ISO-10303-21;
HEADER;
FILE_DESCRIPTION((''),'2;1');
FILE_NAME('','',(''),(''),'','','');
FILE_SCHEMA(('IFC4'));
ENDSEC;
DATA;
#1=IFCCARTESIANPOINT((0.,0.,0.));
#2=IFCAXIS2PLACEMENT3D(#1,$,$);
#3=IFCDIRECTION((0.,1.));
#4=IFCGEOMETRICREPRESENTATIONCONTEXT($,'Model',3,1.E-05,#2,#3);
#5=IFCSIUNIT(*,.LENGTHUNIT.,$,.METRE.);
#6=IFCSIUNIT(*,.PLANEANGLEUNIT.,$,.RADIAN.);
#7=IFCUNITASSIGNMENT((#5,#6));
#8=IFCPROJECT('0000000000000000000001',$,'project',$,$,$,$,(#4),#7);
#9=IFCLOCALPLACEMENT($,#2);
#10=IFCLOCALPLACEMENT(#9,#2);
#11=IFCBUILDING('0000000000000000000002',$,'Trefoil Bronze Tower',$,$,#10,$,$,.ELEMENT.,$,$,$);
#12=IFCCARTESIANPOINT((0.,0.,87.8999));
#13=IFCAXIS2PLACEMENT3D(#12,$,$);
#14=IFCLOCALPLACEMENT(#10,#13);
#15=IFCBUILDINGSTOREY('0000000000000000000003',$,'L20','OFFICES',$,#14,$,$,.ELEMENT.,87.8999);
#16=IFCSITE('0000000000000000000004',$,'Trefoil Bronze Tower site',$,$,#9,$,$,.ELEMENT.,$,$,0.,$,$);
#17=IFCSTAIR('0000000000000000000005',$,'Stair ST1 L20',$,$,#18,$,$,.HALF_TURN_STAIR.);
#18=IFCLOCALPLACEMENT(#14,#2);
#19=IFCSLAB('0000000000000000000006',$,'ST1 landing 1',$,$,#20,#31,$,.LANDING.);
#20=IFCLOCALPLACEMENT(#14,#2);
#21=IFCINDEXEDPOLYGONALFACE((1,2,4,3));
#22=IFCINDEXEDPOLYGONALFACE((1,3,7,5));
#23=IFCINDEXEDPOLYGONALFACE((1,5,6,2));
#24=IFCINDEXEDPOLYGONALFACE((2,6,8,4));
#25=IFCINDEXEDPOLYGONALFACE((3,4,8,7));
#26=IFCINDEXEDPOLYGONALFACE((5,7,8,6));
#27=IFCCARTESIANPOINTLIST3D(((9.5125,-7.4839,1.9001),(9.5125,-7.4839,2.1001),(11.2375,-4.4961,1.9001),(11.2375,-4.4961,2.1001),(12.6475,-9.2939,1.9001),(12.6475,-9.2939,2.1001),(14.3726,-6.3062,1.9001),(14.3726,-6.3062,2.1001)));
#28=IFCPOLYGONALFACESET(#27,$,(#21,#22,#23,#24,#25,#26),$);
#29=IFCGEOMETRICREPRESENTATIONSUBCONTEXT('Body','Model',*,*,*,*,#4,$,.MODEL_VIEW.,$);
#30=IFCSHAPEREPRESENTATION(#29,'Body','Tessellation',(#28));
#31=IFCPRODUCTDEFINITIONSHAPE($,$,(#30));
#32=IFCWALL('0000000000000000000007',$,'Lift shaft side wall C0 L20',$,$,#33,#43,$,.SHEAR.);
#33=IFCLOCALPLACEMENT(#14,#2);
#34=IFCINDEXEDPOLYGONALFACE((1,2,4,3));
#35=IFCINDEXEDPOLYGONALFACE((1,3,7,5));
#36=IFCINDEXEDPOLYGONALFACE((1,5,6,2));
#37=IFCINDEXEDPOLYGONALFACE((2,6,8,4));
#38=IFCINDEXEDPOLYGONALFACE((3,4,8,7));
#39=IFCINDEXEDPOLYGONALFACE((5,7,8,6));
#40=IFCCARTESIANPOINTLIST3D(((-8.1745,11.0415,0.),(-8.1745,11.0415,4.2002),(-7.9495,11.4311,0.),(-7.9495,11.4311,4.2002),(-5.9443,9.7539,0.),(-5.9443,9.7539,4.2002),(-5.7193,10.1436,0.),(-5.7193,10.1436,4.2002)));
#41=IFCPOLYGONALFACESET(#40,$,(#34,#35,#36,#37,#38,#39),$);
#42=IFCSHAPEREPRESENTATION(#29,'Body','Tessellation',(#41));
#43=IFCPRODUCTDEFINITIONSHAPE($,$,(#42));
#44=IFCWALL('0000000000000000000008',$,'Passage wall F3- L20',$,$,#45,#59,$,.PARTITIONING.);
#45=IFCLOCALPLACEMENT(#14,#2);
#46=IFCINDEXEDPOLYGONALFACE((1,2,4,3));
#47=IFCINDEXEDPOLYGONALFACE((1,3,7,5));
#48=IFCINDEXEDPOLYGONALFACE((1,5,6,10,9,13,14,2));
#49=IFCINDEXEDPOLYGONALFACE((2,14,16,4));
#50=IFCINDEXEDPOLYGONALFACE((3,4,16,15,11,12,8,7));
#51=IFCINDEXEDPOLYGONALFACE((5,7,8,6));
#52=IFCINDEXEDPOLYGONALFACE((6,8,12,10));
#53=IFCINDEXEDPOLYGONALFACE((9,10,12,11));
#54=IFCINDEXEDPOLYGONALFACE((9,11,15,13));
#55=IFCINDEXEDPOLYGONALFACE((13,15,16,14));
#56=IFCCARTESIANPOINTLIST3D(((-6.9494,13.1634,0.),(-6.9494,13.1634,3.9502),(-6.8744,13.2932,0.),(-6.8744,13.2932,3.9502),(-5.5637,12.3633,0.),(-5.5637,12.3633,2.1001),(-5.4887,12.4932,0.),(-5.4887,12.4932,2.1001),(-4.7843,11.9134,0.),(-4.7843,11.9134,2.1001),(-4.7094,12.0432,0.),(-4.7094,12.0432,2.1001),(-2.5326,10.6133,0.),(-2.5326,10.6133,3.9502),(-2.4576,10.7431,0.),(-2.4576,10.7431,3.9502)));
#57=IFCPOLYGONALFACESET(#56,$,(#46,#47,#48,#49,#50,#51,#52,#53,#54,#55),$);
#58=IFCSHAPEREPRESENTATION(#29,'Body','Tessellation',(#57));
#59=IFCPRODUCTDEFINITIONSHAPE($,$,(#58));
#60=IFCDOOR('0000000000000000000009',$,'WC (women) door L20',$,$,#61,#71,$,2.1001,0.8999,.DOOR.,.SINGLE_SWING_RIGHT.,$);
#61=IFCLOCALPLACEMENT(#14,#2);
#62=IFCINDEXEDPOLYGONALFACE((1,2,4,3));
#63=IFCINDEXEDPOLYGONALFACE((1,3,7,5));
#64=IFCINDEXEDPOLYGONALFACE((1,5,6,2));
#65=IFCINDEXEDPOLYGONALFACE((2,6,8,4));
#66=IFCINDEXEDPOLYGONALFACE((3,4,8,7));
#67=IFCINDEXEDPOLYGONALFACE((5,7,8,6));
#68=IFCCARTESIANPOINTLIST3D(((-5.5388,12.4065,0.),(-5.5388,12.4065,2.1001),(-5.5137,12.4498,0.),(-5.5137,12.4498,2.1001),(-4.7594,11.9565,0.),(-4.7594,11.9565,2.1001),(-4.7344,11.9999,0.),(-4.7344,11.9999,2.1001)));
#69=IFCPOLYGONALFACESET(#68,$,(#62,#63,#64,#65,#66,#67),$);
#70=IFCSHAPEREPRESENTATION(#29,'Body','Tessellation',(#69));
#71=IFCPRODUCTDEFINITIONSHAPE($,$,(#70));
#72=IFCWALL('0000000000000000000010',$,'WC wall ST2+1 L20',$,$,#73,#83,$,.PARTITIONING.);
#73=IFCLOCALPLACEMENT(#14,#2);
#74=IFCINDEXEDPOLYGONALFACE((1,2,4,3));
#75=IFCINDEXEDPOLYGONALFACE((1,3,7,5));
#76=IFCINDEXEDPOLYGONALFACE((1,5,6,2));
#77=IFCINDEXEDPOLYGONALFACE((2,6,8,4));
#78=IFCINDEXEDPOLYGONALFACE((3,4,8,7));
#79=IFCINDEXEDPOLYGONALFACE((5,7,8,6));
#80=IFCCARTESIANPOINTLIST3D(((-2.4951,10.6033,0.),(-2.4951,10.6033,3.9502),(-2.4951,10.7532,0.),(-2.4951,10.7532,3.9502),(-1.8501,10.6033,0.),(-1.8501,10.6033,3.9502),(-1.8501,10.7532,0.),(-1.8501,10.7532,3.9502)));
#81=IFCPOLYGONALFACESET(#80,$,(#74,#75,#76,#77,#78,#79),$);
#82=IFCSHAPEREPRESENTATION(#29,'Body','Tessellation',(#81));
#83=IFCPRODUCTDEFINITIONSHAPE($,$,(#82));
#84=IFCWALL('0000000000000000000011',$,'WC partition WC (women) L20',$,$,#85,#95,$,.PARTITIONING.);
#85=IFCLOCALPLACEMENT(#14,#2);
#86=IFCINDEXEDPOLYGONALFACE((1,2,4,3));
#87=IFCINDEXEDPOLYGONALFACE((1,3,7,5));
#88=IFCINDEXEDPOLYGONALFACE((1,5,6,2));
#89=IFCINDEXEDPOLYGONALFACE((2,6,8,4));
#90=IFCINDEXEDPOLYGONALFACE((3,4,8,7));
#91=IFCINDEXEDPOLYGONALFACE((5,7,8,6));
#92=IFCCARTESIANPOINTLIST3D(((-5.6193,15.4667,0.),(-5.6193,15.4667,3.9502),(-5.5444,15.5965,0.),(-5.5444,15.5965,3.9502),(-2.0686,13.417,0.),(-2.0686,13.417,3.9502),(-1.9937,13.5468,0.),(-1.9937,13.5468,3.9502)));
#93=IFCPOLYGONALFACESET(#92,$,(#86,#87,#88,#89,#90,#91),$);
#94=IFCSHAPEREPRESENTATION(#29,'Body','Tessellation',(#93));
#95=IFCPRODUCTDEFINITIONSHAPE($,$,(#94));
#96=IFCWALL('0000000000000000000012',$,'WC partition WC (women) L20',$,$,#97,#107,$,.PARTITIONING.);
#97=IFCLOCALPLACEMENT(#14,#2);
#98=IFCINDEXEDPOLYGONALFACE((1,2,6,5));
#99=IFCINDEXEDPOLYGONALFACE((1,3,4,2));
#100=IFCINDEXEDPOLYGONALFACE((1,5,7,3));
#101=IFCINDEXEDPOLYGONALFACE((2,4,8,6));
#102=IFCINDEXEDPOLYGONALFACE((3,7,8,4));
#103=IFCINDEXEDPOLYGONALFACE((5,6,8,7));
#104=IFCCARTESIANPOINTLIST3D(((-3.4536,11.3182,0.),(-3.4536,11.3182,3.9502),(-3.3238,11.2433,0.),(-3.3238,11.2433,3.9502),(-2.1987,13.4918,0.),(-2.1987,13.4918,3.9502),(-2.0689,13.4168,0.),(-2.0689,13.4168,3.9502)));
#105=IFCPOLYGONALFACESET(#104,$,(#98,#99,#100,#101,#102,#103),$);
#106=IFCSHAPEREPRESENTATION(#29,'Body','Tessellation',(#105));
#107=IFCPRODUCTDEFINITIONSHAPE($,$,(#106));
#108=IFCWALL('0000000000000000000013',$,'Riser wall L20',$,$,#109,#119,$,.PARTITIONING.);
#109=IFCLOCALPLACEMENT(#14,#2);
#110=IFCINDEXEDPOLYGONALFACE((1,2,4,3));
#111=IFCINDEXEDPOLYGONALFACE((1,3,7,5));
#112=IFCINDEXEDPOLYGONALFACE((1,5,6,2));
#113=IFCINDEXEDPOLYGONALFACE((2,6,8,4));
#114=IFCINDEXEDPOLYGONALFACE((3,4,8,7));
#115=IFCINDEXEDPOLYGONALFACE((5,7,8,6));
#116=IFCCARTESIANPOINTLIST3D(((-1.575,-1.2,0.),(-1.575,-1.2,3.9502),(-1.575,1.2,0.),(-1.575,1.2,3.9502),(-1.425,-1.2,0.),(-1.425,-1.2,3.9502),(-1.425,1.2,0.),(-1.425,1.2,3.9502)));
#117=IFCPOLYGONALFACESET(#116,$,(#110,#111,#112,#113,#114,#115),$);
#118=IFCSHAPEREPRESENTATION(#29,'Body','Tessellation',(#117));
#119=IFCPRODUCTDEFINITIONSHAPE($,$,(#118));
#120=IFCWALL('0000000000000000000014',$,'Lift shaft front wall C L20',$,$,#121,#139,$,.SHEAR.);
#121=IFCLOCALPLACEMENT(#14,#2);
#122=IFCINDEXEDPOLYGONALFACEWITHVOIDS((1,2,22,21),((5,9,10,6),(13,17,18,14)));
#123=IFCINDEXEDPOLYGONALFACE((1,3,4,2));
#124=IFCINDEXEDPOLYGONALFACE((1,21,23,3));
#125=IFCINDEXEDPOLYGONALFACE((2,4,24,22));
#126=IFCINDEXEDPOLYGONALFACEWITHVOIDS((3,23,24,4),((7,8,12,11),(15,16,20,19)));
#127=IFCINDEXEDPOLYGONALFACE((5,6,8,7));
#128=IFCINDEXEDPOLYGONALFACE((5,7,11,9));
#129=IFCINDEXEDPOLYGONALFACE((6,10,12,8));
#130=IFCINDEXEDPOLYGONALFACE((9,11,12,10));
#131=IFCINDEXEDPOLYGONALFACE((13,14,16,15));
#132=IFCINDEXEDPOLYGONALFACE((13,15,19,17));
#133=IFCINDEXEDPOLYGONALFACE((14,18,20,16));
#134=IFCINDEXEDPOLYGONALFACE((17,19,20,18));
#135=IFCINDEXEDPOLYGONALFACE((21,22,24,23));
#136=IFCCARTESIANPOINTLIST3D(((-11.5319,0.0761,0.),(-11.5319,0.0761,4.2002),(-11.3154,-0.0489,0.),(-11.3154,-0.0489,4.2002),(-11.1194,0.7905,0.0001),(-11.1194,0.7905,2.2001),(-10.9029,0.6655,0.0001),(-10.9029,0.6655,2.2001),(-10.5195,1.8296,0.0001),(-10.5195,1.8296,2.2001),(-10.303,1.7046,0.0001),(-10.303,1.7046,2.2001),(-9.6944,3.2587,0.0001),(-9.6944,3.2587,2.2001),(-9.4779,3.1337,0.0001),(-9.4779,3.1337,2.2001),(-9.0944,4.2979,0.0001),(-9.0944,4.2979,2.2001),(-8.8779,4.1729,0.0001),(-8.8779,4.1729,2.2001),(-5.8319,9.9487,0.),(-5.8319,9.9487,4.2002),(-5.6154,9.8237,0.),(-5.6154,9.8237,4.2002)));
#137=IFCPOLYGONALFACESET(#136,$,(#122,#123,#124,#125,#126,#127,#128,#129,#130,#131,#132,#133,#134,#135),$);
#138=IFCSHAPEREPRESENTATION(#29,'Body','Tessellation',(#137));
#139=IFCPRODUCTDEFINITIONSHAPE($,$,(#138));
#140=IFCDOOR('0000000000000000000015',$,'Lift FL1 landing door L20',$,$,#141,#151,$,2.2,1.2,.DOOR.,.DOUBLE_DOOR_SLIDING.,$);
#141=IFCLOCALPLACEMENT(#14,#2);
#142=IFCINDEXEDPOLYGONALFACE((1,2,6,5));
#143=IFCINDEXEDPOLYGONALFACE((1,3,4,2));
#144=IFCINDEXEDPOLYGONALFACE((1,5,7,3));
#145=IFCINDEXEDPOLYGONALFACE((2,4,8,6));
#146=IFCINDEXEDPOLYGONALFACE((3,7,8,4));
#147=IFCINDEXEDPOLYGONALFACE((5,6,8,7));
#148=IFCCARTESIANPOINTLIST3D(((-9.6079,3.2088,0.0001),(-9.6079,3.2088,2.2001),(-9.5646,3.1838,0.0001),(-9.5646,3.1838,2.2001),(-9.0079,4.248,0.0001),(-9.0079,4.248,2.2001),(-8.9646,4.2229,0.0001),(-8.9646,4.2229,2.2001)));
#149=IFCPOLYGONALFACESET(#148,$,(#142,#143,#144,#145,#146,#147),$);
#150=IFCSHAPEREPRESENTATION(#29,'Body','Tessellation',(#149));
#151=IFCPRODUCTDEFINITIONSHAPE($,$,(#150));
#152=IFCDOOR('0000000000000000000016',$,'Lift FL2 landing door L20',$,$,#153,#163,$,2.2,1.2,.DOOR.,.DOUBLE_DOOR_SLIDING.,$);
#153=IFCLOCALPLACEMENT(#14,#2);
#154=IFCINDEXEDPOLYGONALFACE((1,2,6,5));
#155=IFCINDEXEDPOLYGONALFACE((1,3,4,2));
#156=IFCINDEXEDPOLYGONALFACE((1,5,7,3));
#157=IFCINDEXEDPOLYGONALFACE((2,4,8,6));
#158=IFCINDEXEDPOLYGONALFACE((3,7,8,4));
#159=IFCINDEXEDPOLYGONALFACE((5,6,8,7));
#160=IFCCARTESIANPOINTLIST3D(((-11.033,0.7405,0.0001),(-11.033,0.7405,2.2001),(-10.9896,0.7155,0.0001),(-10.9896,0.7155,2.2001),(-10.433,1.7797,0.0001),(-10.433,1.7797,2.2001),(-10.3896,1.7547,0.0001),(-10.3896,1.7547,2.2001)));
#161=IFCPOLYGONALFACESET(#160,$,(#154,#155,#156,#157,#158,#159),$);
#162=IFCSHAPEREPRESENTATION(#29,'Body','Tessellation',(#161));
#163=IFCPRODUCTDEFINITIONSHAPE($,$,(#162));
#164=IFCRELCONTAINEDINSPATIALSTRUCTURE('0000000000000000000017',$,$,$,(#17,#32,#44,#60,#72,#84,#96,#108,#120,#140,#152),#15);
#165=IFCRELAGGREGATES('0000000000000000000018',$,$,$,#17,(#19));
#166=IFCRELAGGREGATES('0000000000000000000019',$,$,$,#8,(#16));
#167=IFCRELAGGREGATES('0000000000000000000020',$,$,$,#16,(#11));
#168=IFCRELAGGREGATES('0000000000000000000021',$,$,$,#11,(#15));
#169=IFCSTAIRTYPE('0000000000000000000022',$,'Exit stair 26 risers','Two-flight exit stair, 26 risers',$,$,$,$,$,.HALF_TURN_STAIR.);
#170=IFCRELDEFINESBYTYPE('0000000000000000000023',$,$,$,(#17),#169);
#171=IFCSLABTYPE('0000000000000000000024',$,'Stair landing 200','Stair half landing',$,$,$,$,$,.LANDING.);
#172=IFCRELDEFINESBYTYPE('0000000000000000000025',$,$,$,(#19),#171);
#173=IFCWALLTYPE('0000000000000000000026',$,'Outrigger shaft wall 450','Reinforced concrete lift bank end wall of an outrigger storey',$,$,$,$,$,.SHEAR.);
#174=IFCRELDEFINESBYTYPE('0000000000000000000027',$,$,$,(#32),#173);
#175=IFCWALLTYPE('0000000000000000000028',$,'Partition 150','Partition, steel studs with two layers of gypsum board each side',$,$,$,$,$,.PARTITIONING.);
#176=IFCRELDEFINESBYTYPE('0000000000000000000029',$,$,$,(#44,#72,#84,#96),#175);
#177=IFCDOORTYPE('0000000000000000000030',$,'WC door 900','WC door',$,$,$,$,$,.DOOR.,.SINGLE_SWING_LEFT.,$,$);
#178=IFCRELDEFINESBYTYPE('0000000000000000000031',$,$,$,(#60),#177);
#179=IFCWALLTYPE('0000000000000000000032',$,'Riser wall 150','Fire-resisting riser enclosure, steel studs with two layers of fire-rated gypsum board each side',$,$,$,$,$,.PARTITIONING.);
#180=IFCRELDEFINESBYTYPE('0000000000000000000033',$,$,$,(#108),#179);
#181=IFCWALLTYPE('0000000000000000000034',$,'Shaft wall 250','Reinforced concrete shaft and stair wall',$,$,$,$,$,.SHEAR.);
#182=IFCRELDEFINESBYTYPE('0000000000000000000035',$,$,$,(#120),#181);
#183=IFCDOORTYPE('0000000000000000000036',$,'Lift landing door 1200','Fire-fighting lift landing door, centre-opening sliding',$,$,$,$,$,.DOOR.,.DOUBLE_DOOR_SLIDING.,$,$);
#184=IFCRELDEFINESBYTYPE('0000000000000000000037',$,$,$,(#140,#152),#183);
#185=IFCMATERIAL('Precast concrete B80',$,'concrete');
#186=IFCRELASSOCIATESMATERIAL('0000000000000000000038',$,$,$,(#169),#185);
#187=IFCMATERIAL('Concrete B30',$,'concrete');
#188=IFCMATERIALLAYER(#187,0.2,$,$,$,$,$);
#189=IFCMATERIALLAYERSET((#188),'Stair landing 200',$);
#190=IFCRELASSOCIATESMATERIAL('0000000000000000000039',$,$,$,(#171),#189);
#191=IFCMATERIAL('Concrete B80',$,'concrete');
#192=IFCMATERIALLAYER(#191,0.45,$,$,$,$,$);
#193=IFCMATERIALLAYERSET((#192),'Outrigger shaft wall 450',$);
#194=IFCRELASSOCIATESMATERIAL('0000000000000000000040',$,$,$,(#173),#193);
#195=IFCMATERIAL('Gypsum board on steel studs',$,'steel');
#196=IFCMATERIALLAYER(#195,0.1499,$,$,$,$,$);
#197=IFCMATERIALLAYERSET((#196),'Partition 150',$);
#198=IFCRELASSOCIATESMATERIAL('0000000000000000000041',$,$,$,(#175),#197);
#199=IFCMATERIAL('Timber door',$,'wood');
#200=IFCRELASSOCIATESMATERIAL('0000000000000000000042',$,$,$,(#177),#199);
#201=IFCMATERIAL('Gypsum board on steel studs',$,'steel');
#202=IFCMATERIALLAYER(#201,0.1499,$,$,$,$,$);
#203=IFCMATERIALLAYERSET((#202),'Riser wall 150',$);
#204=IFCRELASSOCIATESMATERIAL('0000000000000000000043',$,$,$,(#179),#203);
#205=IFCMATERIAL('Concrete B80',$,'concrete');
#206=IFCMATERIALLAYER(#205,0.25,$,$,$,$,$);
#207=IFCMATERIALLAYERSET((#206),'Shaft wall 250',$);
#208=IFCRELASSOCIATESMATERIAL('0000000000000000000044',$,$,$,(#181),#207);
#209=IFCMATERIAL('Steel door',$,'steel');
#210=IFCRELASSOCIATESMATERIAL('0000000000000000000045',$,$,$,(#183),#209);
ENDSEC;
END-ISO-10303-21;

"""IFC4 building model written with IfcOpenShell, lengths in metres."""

from ifc_helpers import new_model, si_unit, direction, frame, frame_2d, origin, place, context, subcontext, project, spatial, polyline, rectangle, outline, extrude, material, layer, layer_set, type_object, element, fill, aggregate, save


model = new_model("IFC4")

# Units and contexts
model_context = context("Model", 3, precision=1e-05, world=origin(), true_north=direction((0.0, 1.0)))
body_context = subcontext(model_context, "Body", "Model", "MODEL_VIEW")
ifc_project = project(units=[si_unit("LENGTHUNIT", "METRE"), si_unit("PLANEANGLEUNIT", "RADIAN")], contexts=[model_context])

# Site, building, storey
site_placement = place(None, origin())
site = spatial("IfcSite", under=ifc_project, at=site_placement, Name="Trefoil Bronze Tower site", CompositionType="ELEMENT", RefElevation=0.0)
building_placement = place(site_placement, origin())
building = spatial("IfcBuilding", under=site, at=building_placement, Name="Trefoil Bronze Tower", CompositionType="ELEMENT")
storey_placement = place(building_placement, frame((0.0, 0.0, 87.8999)))
storey = spatial("IfcBuildingStorey", under=building, at=storey_placement, Name="L20", Description="OFFICES", CompositionType="ELEMENT", Elevation=87.8999)

# Stair, slab
ifc_material_1 = material(Name="Precast concrete B80", Category="concrete")
stair_type = type_object("IfcStairType", Name="Exit stair 26 risers", Description="Two-flight exit stair, 26 risers", PredefinedType="HALF_TURN_STAIR", material=ifc_material_1)
stair_1_placement = place(storey_placement, origin())
stair_1 = element("IfcStair", 1, at=stair_1_placement, inside=storey, type_object=stair_type, Name="Stair ST1 L20", PredefinedType="HALF_TURN_STAIR")
ifc_material_2 = material(Name="Concrete B30", Category="concrete")
ifc_layer_1 = layer(ifc_material_2, 0.2)
ifc_layer_set_1 = layer_set([ifc_layer_1], Name="Stair landing 200")
slab_type = type_object("IfcSlabType", Name="Stair landing 200", Description="Stair half landing", PredefinedType="LANDING", material=ifc_layer_set_1)
slab_placement = place(storey_placement, frame((0.0, 0.0, 1.9001)))
slab = element("IfcSlab", 2, at=slab_placement, type_object=slab_type, Name="ST1 landing 1", PredefinedType="LANDING", context=body_context, shape_type="SweptSolid", body=[
    extrude(outline(polyline([(9.5125, -7.4839), (12.6475, -9.2939), (14.3726, -6.3062), (11.2375, -4.4961), (9.5125, -7.4839)])), origin(), (0.0, 0.0, 1.0), 0.2),
])
aggregate(stair_1, [slab])

# Wall
ifc_material_3 = material(Name="Concrete B80", Category="concrete")
ifc_layer_2 = layer(ifc_material_3, 0.45)
ifc_layer_set_2 = layer_set([ifc_layer_2], Name="Outrigger shaft wall 450")
wall_type_1 = type_object("IfcWallType", Name="Outrigger shaft wall 450", Description="Reinforced concrete lift bank end wall of an outrigger storey", PredefinedType="SHEAR", material=ifc_layer_set_2)
wall_1_placement = place(storey_placement, frame((-5.8318, 9.9487, 0.0), z_axis=(0.0, 0.0, 1.0), x_axis=(-0.866029, 0.499993, 0.0)))
element("IfcWall", 3, at=wall_1_placement, inside=storey, type_object=wall_type_1, Name="Lift shaft side wall C0 L20", PredefinedType="SHEAR", context=body_context, shape_type="SweptSolid", body=[
    extrude(rectangle(XDim=2.5752, YDim=0.45, at=frame_2d((1.2876, 0.0))), origin(), (0.0, 0.0, 1.0), 4.2002),
])

# Wall, opening, door
ifc_material_4 = material(Name="Gypsum board on steel studs", Category="steel")
ifc_layer_3 = layer(ifc_material_4, 0.1499)
ifc_layer_set_3 = layer_set([ifc_layer_3], Name="Partition 150")
wall_type_2 = type_object("IfcWallType", Name="Partition 150", Description="Partition, steel studs with two layers of gypsum board each side", PredefinedType="PARTITIONING", material=ifc_layer_set_3)
wall_2_placement = place(storey_placement, frame((-2.4951, 10.6782, 0.0), z_axis=(0.0, 0.0, 1.0), x_axis=(-0.866022, 0.500006, 0.0)))
wall_2 = element("IfcWall", 4, at=wall_2_placement, inside=storey, type_object=wall_type_2, Name="Passage wall F3- L20", PredefinedType="PARTITIONING", context=body_context, shape_type="SweptSolid", body=[
    extrude(rectangle(XDim=5.1001, YDim=0.1499, at=frame_2d((2.55, 0.0))), origin(), (0.0, 0.0, 1.0), 3.9502),
])
opening_1_placement = place(wall_2_placement, frame((2.6001, 0.0, 0.0)))
opening_1 = element("IfcOpeningElement", 5, at=opening_1_placement, cuts=wall_2, PredefinedType="OPENING", context=body_context, shape_type="SweptSolid", body=[
    extrude(rectangle(XDim=0.8999, YDim=2.1001, at=frame_2d((0.45, 1.05))), frame((0.0, 0.085, 0.0), z_axis=(0.0, -1.0, 0.0), x_axis=(1.0, 0.0, 0.0)), (0.0, 0.0, 1.0), 0.1699),
])
ifc_material_5 = material(Name="Timber door", Category="wood")
door_type_1 = type_object("IfcDoorType", Name="WC door 900", Description="WC door", OperationType="SINGLE_SWING_LEFT", PredefinedType="DOOR", material=ifc_material_5)
door_1_placement = place(opening_1_placement, frame((0.8999, 0.0, 0.0), z_axis=(0.0, 0.0, 1.0), x_axis=(-1.0, 0.0, 0.0)))
door_1 = element("IfcDoor", 6, at=door_1_placement, inside=storey, type_object=door_type_1, Name="WC (women) door L20", OperationType="SINGLE_SWING_RIGHT", OverallHeight=2.1001, OverallWidth=0.8999, PredefinedType="DOOR", context=body_context, shape_type="SweptSolid", body=[
    extrude(rectangle(XDim=0.8999, YDim=2.1001, at=frame_2d((0.45, 1.05))), frame((0.0, 0.0249, 0.0), z_axis=(0.0, -1.0, 0.0), x_axis=(1.0, 0.0, 0.0)), (0.0, 0.0, 1.0), 0.05),
])
fill(opening_1, door_1)

# Walls
wall_3_placement = place(storey_placement, frame((-2.4951, 10.6782, 0.0), z_axis=(0.0, 0.0, 1.0), x_axis=(1.0, 0.0, 0.0)))
element("IfcWall", 7, at=wall_3_placement, inside=storey, type_object=wall_type_2, Name="WC wall ST2+1 L20", PredefinedType="PARTITIONING", context=body_context, shape_type="SweptSolid", body=[
    extrude(rectangle(XDim=0.645, YDim=0.1499, at=frame_2d((0.3225, 0.0))), origin(), (0.0, 0.0, 1.0), 3.9502),
])
wall_4_placement = place(storey_placement, frame((-2.0312, 13.4819, 0.0), z_axis=(0.0, 0.0, 1.0), x_axis=(-0.866051, 0.499956, 0.0)))
element("IfcWall", 8, at=wall_4_placement, inside=storey, type_object=wall_type_2, Name="WC partition WC (women) L20", PredefinedType="PARTITIONING", context=body_context, shape_type="SweptSolid", body=[
    extrude(rectangle(XDim=4.0999, YDim=0.1499, at=frame_2d((2.0498, 0.0))), origin(), (0.0, 0.0, 1.0), 3.9502),
])
wall_5_placement = place(storey_placement, frame((-3.3887, 11.2808, 0.0), z_axis=(0.0, 0.0, 1.0), x_axis=(0.499989, 0.866032, 0.0)))
element("IfcWall", 9, at=wall_5_placement, inside=storey, type_object=wall_type_2, Name="WC partition WC (women) L20", PredefinedType="PARTITIONING", context=body_context, shape_type="SweptSolid", body=[
    extrude(rectangle(XDim=2.5098, YDim=0.1499, at=frame_2d((1.2549, 0.0))), origin(), (0.0, 0.0, 1.0), 3.9502),
])
ifc_material_6 = material(Name="Gypsum board on steel studs", Category="steel")
ifc_layer_4 = layer(ifc_material_6, 0.1499)
ifc_layer_set_4 = layer_set([ifc_layer_4], Name="Riser wall 150")
wall_type_3 = type_object("IfcWallType", Name="Riser wall 150", Description="Fire-resisting riser enclosure, steel studs with two layers of fire-rated gypsum board each side", PredefinedType="PARTITIONING", material=ifc_layer_set_4)
wall_6_placement = place(storey_placement, frame((-1.5, 1.2, 0.0), z_axis=(0.0, 0.0, 1.0), x_axis=(0.0, -1.0, 0.0)))
element("IfcWall", 10, at=wall_6_placement, inside=storey, type_object=wall_type_3, Name="Riser wall L20", PredefinedType="PARTITIONING", context=body_context, shape_type="SweptSolid", body=[
    extrude(rectangle(XDim=2.3999, YDim=0.1499, at=frame_2d((1.2, 0.0))), origin(), (0.0, 0.0, 1.0), 3.9502),
])

# Wall, openings, doors
ifc_material_7 = material(Name="Concrete B80", Category="concrete")
ifc_layer_5 = layer(ifc_material_7, 0.25)
ifc_layer_set_5 = layer_set([ifc_layer_5], Name="Shaft wall 250")
wall_type_4 = type_object("IfcWallType", Name="Shaft wall 250", Description="Reinforced concrete shaft and stair wall", PredefinedType="SHEAR", material=ifc_layer_set_5)
wall_7_placement = place(storey_placement, frame((-5.7236, 9.8862, 0.0), z_axis=(0.0, 0.0, 1.0), x_axis=(-0.500002, -0.866024, 0.0)))
wall_7 = element("IfcWall", 11, at=wall_7_placement, inside=storey, type_object=wall_type_4, Name="Lift shaft front wall C L20", PredefinedType="SHEAR", context=body_context, shape_type="SweptSolid", body=[
    extrude(rectangle(XDim=11.3999, YDim=0.25, at=frame_2d((5.7, 0.0))), origin(), (0.0, 0.0, 1.0), 4.2002),
])
opening_2_placement = place(wall_7_placement, frame((6.5249, 0.0, 0.0)))
opening_2 = element("IfcOpeningElement", 12, at=opening_2_placement, cuts=wall_7, PredefinedType="OPENING", context=body_context, shape_type="SweptSolid", body=[
    extrude(rectangle(XDim=1.2, YDim=2.2, at=frame_2d((0.6001, 1.1001))), frame((0.0, 0.135, 0.0), z_axis=(0.0, -1.0, 0.0), x_axis=(1.0, 0.0, 0.0)), (0.0, 0.0, 1.0), 0.27),
])
opening_3_placement = place(wall_7_placement, frame((9.375, 0.0, 0.0)))
opening_3 = element("IfcOpeningElement", 13, at=opening_3_placement, cuts=wall_7, PredefinedType="OPENING", context=body_context, shape_type="SweptSolid", body=[
    extrude(rectangle(XDim=1.2, YDim=2.2, at=frame_2d((0.6001, 1.1001))), frame((0.0, 0.135, 0.0), z_axis=(0.0, -1.0, 0.0), x_axis=(1.0, 0.0, 0.0)), (0.0, 0.0, 1.0), 0.27),
])
ifc_material_8 = material(Name="Steel door", Category="steel")
door_type_2 = type_object("IfcDoorType", Name="Lift landing door 1200", Description="Fire-fighting lift landing door, centre-opening sliding", OperationType="DOUBLE_DOOR_SLIDING", PredefinedType="DOOR", material=ifc_material_8)
door_2_placement = place(opening_2_placement, origin())
door_2 = element("IfcDoor", 14, at=door_2_placement, inside=storey, type_object=door_type_2, Name="Lift FL1 landing door L20", OperationType="DOUBLE_DOOR_SLIDING", OverallHeight=2.2, OverallWidth=1.2, PredefinedType="DOOR", context=body_context, shape_type="SweptSolid", body=[
    extrude(rectangle(XDim=1.2, YDim=2.2, at=frame_2d((0.6001, 1.1001))), frame((0.0, 0.0249, 0.0), z_axis=(0.0, -1.0, 0.0), x_axis=(1.0, 0.0, 0.0)), (0.0, 0.0, 1.0), 0.05),
])
fill(opening_2, door_2)
door_3_placement = place(opening_3_placement, origin())
door_3 = element("IfcDoor", 15, at=door_3_placement, inside=storey, type_object=door_type_2, Name="Lift FL2 landing door L20", OperationType="DOUBLE_DOOR_SLIDING", OverallHeight=2.2, OverallWidth=1.2, PredefinedType="DOOR", context=body_context, shape_type="SweptSolid", body=[
    extrude(rectangle(XDim=1.2, YDim=2.2, at=frame_2d((0.6001, 1.1001))), frame((0.0, 0.0249, 0.0), z_axis=(0.0, -1.0, 0.0), x_axis=(1.0, 0.0, 0.0)), (0.0, 0.0, 1.0), 0.05),
])
fill(opening_3, door_3)

save(model, "model.ifc")
